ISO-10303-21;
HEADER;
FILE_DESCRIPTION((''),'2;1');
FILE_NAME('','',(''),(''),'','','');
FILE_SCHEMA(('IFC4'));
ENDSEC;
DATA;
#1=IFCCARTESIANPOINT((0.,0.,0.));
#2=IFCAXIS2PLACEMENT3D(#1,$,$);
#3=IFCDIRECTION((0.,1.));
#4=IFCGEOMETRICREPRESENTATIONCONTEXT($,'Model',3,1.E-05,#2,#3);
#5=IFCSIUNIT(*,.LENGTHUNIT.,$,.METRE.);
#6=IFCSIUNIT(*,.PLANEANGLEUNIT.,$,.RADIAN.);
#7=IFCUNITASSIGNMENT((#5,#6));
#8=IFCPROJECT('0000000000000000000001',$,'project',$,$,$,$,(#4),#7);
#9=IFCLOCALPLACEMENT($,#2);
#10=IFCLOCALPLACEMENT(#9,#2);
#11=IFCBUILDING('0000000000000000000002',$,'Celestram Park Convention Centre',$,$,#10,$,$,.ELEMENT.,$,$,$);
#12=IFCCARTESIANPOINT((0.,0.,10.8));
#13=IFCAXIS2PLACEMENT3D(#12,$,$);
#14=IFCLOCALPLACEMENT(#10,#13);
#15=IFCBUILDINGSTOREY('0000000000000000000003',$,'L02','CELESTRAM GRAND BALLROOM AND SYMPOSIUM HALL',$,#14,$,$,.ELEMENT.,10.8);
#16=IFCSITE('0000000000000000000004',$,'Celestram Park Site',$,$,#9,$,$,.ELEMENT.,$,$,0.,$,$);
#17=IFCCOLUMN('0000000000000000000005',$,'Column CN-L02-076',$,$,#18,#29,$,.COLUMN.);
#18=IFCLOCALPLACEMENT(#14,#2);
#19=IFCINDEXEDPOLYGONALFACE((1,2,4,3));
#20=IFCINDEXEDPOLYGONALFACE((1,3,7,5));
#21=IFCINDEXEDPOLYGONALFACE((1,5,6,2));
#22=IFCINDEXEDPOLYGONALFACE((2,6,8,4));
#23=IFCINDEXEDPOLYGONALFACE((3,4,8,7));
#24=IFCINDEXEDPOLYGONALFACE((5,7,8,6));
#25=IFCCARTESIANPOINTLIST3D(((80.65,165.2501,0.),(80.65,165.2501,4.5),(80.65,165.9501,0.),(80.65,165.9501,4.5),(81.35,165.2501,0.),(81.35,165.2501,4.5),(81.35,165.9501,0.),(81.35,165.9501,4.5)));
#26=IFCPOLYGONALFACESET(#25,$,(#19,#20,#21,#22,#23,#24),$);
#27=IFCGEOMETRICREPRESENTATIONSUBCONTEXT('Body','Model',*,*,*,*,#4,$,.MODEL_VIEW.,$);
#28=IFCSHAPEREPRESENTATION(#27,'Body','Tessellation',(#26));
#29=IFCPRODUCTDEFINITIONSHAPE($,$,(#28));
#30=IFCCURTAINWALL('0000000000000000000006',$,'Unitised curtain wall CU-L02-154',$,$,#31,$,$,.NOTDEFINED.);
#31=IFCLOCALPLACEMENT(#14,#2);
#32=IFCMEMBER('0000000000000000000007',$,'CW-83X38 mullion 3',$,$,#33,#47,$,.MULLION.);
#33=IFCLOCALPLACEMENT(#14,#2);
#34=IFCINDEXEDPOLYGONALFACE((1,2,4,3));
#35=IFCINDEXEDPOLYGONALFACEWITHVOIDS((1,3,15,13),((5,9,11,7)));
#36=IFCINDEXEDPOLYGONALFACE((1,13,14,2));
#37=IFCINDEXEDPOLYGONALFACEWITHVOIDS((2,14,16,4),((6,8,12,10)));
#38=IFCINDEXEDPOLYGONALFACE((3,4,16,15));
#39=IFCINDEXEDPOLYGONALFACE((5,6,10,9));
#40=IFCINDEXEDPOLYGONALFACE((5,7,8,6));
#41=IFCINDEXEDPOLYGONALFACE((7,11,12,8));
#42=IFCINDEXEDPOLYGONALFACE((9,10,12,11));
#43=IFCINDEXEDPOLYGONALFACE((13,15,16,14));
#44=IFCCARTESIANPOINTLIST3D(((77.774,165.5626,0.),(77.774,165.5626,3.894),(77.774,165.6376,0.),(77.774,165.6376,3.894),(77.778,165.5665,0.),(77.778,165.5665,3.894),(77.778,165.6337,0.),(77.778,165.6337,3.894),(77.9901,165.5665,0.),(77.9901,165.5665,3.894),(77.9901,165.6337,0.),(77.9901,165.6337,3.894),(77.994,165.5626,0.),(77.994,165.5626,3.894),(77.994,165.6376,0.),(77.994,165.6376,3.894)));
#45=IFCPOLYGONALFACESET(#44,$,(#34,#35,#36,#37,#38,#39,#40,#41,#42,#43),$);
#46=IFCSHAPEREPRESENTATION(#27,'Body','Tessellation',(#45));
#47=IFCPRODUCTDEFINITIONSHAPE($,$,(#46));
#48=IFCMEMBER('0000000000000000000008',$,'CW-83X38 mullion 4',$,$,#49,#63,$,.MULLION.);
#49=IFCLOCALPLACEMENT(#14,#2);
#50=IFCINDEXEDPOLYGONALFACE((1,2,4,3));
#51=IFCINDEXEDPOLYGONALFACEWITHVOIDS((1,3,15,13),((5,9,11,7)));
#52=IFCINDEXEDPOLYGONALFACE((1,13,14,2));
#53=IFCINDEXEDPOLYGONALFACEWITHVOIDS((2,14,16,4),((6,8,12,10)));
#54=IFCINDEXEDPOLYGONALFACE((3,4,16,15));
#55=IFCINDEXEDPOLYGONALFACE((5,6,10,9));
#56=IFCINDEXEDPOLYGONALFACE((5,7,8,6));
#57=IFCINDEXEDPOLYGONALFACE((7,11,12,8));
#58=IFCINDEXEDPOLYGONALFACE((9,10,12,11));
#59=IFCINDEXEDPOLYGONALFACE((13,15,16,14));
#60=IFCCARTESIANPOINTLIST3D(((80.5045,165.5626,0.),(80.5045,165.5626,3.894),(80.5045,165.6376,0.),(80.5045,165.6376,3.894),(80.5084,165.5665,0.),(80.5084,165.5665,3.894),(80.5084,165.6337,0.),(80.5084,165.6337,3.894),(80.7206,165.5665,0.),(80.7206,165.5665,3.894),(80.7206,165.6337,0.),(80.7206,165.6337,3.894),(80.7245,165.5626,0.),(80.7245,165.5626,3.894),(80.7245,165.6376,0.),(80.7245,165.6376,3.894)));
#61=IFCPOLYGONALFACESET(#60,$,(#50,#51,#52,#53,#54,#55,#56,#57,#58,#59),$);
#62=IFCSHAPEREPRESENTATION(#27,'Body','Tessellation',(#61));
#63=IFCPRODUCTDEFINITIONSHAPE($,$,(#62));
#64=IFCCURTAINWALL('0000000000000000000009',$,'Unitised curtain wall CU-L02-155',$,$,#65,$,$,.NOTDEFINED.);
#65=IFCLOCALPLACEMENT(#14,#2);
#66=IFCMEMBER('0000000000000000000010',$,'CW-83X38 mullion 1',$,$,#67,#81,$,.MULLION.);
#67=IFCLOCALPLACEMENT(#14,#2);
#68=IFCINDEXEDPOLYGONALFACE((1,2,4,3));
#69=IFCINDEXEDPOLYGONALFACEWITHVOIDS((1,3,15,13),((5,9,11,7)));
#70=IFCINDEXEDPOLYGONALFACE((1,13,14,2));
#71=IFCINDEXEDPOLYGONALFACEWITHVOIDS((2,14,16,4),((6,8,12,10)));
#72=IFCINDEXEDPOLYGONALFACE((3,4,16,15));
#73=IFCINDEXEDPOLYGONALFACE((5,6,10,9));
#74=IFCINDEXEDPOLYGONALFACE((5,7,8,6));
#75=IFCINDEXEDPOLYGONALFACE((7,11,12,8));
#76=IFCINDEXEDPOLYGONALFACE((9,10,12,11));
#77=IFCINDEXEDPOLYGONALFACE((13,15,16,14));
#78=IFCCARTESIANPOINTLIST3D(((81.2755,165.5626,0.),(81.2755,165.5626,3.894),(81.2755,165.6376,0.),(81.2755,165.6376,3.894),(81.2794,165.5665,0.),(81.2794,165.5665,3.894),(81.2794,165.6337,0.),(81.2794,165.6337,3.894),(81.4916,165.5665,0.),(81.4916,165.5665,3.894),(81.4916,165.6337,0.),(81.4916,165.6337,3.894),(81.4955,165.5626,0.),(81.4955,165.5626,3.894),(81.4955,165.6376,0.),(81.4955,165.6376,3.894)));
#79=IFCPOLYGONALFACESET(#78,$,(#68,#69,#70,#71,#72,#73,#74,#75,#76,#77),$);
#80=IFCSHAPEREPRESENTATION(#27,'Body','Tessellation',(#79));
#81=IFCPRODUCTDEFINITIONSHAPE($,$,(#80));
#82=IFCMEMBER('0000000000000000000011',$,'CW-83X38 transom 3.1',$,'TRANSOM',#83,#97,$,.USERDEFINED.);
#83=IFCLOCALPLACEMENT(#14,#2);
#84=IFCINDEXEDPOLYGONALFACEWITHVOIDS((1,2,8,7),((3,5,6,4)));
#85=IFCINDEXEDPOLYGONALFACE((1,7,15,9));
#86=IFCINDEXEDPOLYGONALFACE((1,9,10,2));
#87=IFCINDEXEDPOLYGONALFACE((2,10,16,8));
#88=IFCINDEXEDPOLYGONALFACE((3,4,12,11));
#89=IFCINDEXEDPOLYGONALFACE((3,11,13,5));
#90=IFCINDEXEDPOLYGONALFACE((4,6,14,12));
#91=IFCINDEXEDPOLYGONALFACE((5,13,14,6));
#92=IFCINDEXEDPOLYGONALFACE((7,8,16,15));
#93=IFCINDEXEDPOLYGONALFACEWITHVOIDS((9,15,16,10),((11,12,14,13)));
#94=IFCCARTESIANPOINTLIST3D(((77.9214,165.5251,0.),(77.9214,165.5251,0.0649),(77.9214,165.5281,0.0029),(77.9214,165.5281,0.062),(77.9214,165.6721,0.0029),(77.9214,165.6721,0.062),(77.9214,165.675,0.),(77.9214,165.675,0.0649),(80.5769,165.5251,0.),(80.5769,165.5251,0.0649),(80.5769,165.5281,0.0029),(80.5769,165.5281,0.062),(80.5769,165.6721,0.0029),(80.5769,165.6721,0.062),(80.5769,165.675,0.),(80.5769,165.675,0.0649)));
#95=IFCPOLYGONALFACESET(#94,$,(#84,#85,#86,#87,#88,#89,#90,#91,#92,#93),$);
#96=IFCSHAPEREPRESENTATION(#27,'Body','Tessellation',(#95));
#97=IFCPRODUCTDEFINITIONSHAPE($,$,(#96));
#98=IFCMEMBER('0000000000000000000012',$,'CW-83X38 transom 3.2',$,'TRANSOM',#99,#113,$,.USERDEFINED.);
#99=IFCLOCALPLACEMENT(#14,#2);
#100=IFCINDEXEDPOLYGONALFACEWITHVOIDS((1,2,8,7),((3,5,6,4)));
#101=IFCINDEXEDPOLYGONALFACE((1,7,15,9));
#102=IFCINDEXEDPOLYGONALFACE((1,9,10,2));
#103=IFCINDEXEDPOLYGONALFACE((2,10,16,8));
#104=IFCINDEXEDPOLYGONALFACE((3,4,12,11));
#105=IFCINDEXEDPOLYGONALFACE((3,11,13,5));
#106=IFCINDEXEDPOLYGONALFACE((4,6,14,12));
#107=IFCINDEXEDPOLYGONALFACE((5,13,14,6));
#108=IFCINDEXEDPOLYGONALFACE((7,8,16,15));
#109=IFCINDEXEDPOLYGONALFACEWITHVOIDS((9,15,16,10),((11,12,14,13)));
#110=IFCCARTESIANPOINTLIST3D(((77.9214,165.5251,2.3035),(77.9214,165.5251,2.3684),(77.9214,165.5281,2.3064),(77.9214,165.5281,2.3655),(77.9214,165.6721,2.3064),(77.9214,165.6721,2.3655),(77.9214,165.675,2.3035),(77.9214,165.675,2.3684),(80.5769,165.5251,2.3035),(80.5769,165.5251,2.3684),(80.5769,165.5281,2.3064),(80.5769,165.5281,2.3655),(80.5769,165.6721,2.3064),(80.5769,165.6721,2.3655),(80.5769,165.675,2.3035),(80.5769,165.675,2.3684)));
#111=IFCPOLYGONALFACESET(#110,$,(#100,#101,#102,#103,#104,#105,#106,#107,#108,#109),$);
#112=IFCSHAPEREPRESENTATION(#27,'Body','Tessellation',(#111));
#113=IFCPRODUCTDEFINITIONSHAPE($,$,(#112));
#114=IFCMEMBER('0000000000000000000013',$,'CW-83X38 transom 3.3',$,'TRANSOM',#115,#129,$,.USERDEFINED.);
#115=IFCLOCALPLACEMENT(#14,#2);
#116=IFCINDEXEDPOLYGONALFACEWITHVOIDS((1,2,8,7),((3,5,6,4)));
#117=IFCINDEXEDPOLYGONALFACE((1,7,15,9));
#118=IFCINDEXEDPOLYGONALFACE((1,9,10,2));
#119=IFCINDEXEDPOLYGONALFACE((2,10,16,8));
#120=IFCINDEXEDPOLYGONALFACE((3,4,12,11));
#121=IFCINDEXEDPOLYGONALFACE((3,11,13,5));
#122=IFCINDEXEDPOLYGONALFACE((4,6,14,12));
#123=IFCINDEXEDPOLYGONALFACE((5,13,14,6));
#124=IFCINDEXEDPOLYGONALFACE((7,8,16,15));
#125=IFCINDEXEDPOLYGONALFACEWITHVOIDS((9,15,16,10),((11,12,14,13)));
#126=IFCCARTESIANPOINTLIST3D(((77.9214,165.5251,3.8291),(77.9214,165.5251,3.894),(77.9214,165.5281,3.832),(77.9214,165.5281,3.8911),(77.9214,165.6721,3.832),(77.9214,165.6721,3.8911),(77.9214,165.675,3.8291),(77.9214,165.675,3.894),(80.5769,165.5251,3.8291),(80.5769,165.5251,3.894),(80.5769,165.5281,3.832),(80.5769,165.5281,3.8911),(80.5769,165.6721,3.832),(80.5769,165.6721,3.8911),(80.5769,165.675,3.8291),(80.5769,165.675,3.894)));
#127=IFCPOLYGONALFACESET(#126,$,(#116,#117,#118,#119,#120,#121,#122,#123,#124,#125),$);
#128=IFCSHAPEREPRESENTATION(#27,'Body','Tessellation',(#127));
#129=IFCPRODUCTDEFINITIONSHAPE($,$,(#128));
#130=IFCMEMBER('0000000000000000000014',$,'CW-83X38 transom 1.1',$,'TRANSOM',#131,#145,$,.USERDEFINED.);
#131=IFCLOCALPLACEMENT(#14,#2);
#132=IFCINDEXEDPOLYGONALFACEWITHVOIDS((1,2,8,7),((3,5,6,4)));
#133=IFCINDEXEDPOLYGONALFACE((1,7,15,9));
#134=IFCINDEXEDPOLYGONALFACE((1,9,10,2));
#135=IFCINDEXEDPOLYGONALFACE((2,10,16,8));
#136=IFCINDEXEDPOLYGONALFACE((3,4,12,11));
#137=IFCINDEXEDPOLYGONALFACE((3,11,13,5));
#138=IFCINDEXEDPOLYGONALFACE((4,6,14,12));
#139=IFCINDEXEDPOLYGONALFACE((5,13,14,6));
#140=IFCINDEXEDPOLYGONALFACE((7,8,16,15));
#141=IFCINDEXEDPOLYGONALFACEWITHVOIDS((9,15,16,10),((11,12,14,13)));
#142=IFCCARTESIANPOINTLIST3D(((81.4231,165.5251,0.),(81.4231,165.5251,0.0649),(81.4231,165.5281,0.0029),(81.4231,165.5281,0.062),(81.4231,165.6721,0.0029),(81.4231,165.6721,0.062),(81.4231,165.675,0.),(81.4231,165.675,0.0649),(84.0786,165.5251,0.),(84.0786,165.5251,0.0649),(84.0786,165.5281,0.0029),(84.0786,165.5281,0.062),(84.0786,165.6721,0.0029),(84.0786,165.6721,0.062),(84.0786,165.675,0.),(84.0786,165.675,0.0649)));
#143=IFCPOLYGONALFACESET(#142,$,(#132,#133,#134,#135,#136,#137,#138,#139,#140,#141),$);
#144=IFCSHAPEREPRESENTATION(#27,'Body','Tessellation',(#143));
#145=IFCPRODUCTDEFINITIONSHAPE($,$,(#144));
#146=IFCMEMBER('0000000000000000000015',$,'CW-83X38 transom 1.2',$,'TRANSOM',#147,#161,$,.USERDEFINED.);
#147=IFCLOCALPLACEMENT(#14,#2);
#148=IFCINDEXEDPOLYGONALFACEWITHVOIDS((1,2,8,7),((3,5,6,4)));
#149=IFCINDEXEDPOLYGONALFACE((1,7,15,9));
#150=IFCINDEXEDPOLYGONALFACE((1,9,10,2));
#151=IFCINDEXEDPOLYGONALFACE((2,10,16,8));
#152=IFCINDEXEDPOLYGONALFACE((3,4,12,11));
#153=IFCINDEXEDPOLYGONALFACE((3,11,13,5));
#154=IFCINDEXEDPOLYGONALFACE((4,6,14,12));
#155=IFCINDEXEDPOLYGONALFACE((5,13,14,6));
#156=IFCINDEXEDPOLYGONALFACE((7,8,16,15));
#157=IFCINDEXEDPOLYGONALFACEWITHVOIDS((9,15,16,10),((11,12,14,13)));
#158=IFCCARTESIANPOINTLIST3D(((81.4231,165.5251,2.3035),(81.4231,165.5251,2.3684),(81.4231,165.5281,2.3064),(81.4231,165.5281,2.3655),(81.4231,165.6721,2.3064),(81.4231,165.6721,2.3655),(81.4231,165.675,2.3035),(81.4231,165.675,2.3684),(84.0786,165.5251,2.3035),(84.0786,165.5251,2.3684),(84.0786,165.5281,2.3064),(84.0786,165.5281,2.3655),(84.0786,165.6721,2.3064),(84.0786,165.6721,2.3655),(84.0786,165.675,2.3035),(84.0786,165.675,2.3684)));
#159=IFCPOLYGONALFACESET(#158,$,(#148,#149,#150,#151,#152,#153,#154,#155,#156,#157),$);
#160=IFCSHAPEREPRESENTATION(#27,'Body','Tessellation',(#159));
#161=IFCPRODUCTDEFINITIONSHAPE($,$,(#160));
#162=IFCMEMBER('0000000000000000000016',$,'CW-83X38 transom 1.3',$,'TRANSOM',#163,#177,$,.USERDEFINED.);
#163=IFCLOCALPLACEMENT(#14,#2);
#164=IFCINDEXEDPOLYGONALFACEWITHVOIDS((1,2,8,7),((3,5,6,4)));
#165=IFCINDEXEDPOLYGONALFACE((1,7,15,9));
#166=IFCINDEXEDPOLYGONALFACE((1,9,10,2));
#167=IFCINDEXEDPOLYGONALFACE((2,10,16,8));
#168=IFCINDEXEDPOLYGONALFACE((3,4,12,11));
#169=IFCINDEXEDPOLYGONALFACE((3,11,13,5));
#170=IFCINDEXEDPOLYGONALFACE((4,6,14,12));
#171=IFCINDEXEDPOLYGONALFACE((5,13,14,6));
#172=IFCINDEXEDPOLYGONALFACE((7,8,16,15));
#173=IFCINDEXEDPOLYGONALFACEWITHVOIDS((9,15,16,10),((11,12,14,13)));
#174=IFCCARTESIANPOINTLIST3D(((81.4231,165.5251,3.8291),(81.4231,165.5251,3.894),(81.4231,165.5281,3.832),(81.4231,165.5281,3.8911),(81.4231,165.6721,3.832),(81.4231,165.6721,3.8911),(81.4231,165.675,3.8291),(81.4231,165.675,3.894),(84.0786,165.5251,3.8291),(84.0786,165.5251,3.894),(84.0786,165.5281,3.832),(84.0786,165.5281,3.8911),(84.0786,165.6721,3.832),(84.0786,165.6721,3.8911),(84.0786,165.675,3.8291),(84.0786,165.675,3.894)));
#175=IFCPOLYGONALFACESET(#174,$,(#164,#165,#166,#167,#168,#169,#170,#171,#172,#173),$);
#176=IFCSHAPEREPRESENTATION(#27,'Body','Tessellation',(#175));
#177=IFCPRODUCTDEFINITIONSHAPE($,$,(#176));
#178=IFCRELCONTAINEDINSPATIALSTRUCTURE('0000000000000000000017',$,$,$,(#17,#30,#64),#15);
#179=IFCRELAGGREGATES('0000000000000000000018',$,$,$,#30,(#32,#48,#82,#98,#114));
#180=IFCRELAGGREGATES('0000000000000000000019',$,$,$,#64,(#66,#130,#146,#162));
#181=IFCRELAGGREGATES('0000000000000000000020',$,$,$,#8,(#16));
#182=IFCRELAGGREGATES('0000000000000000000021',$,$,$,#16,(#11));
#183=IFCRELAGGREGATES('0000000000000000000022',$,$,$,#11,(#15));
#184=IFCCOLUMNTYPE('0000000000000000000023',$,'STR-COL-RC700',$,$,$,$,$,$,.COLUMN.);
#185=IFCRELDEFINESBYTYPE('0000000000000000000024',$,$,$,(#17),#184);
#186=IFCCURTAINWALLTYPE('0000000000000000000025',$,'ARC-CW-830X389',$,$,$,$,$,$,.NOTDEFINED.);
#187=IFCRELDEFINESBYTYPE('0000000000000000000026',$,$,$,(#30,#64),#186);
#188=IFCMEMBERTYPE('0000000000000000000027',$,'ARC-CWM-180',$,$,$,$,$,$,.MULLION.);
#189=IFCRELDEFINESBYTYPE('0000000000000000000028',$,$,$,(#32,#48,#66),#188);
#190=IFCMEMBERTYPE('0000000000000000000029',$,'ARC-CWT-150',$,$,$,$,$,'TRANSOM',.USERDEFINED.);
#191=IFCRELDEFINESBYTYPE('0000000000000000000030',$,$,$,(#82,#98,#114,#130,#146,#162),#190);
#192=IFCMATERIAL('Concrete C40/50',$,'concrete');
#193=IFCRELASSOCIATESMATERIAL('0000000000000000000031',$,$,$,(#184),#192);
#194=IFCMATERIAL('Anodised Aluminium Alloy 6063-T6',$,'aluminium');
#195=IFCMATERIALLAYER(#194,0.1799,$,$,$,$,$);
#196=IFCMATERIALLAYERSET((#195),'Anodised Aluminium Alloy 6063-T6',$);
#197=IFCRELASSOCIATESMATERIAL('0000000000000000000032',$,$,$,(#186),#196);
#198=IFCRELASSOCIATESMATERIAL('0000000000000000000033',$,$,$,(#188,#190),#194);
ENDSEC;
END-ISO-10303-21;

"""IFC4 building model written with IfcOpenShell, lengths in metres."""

from ifc_helpers import new_model, si_unit, direction, frame, origin, origin_2d, place, context, subcontext, project, spatial, rectangle, hollow_rectangle, extrude, material, layer, layer_set, material_profile, profile_set, type_object, element, aggregate, save


model = new_model("IFC4")

# Units and contexts
model_context = context("Model", 3, precision=1e-05, world=origin(), true_north=direction((0.0, 1.0)))
body_context = subcontext(model_context, "Body", "Model", "MODEL_VIEW")
ifc_project = project(units=[si_unit("LENGTHUNIT", "METRE"), si_unit("PLANEANGLEUNIT", "RADIAN")], contexts=[model_context])

# Site, building, storey
site_placement = place(None, origin())
site = spatial("IfcSite", under=ifc_project, at=site_placement, Name="Celestram Park Site", CompositionType="ELEMENT", RefElevation=0.0)
building_placement = place(site_placement, origin())
building = spatial("IfcBuilding", under=site, at=building_placement, Name="Celestram Park Convention Centre", CompositionType="ELEMENT")
storey_placement = place(building_placement, frame((0.0, 0.0, 10.8)))
storey = spatial("IfcBuildingStorey", under=building, at=storey_placement, Name="L02", Description="CELESTRAM GRAND BALLROOM AND SYMPOSIUM HALL", CompositionType="ELEMENT", Elevation=10.8)

# Column
ifc_material_1 = material(Name="Concrete C40/50", Category="concrete")
ifc_material_profile_1 = material_profile(ifc_material_1, rectangle(XDim=0.7, YDim=0.7, at=origin_2d()), Name="RC700X700")
ifc_profile_set_1 = profile_set([ifc_material_profile_1], Name="Concrete C40/50")
column_type = type_object("IfcColumnType", Name="STR-COL-RC700", PredefinedType="COLUMN", material=ifc_profile_set_1)
column_placement = place(storey_placement, frame((81.0, 165.6001, 0.0), z_axis=(0.0, 0.0, 1.0), x_axis=(1.0, 0.0, 0.0)))
element("IfcColumn", 1, at=column_placement, inside=storey, type_object=column_type, Name="Column CN-L02-076", PredefinedType="COLUMN", context=body_context, shape_type="SweptSolid", body=[
    extrude(rectangle(XDim=0.7, YDim=0.7, at=origin_2d()), origin(), (0.0, 0.0, 1.0), 4.5),
])

# Curtain wall, members
ifc_material_2 = material(Name="Anodised Aluminium Alloy 6063-T6", Category="aluminium")
ifc_layer_1 = layer(ifc_material_2, 0.1799)
ifc_layer_set_1 = layer_set([ifc_layer_1], Name="Anodised Aluminium Alloy 6063-T6")
curtain_wall_type = type_object("IfcCurtainWallType", Name="ARC-CW-830X389", PredefinedType="NOTDEFINED", material=ifc_layer_set_1)
curtain_wall_1_placement = place(storey_placement, origin())
curtain_wall_1 = element("IfcCurtainWall", 2, at=curtain_wall_1_placement, inside=storey, type_object=curtain_wall_type, Name="Unitised curtain wall CU-L02-154", PredefinedType="NOTDEFINED")
ifc_material_profile_2 = material_profile(ifc_material_2, hollow_rectangle(XDim=0.075, YDim=0.22, WallThickness=0.0039, at=origin_2d()), Name="ALU75X220X4")
ifc_profile_set_2 = profile_set([ifc_material_profile_2], Name="Anodised Aluminium Alloy 6063-T6")
member_type_1 = type_object("IfcMemberType", Name="ARC-CWM-180", PredefinedType="MULLION", material=ifc_profile_set_2)
member_1_placement = place(storey_placement, frame((77.884, 165.6001, 0.0), z_axis=(0.0, 0.0, 1.0), x_axis=(0.0, 1.0, 0.0)))
member_1 = element("IfcMember", 3, at=member_1_placement, type_object=member_type_1, Name="CW-83X38 mullion 3", PredefinedType="MULLION", context=body_context, shape_type="SweptSolid", body=[
    extrude(hollow_rectangle(XDim=0.075, YDim=0.22, WallThickness=0.0039, at=origin_2d()), origin(), (0.0, 0.0, 1.0), 3.894),
])
member_2_placement = place(storey_placement, frame((80.6145, 165.6001, 0.0), z_axis=(0.0, 0.0, 1.0), x_axis=(0.0, 1.0, 0.0)))
member_2 = element("IfcMember", 4, at=member_2_placement, type_object=member_type_1, Name="CW-83X38 mullion 4", PredefinedType="MULLION", context=body_context, shape_type="SweptSolid", body=[
    extrude(hollow_rectangle(XDim=0.075, YDim=0.22, WallThickness=0.0039, at=origin_2d()), origin(), (0.0, 0.0, 1.0), 3.894),
])

# Curtain wall, member
curtain_wall_2_placement = place(storey_placement, origin())
curtain_wall_2 = element("IfcCurtainWall", 5, at=curtain_wall_2_placement, inside=storey, type_object=curtain_wall_type, Name="Unitised curtain wall CU-L02-155", PredefinedType="NOTDEFINED")
member_3_placement = place(storey_placement, frame((81.3855, 165.6001, 0.0), z_axis=(0.0, 0.0, 1.0), x_axis=(0.0, 1.0, 0.0)))
member_3 = element("IfcMember", 6, at=member_3_placement, type_object=member_type_1, Name="CW-83X38 mullion 1", PredefinedType="MULLION", context=body_context, shape_type="SweptSolid", body=[
    extrude(hollow_rectangle(XDim=0.075, YDim=0.22, WallThickness=0.0039, at=origin_2d()), origin(), (0.0, 0.0, 1.0), 3.894),
])

# Members
ifc_material_profile_3 = material_profile(ifc_material_2, hollow_rectangle(XDim=0.1499, YDim=0.0649, WallThickness=0.0029, at=origin_2d()), Name="ALU150X65X3")
ifc_profile_set_3 = profile_set([ifc_material_profile_3], Name="Anodised Aluminium Alloy 6063-T6")
member_type_2 = type_object("IfcMemberType", Name="ARC-CWT-150", ElementType="TRANSOM", PredefinedType="USERDEFINED", material=ifc_profile_set_3)
member_4_placement = place(storey_placement, frame((77.9214, 165.6001, 0.0325), z_axis=(1.0, 0.0, 0.0), x_axis=(0.0, 1.0, 0.0)))
member_4 = element("IfcMember", 7, at=member_4_placement, type_object=member_type_2, Name="CW-83X38 transom 3.1", ObjectType="TRANSOM", PredefinedType="USERDEFINED", context=body_context, shape_type="SweptSolid", body=[
    extrude(hollow_rectangle(XDim=0.1499, YDim=0.0649, WallThickness=0.0029, at=origin_2d()), origin(), (0.0, 0.0, 1.0), 2.6555),
])
member_5_placement = place(storey_placement, frame((77.9214, 165.6001, 2.3359), z_axis=(1.0, 0.0, 0.0), x_axis=(0.0, 1.0, 0.0)))
member_5 = element("IfcMember", 8, at=member_5_placement, type_object=member_type_2, Name="CW-83X38 transom 3.2", ObjectType="TRANSOM", PredefinedType="USERDEFINED", context=body_context, shape_type="SweptSolid", body=[
    extrude(hollow_rectangle(XDim=0.1499, YDim=0.0649, WallThickness=0.0029, at=origin_2d()), origin(), (0.0, 0.0, 1.0), 2.6555),
])
member_6_placement = place(storey_placement, frame((77.9214, 165.6001, 3.8616), z_axis=(1.0, 0.0, 0.0), x_axis=(0.0, 1.0, 0.0)))
member_6 = element("IfcMember", 9, at=member_6_placement, type_object=member_type_2, Name="CW-83X38 transom 3.3", ObjectType="TRANSOM", PredefinedType="USERDEFINED", context=body_context, shape_type="SweptSolid", body=[
    extrude(hollow_rectangle(XDim=0.1499, YDim=0.0649, WallThickness=0.0029, at=origin_2d()), origin(), (0.0, 0.0, 1.0), 2.6555),
])
member_7_placement = place(storey_placement, frame((81.4231, 165.6001, 0.0325), z_axis=(1.0, 0.0, 0.0), x_axis=(0.0, 1.0, 0.0)))
member_7 = element("IfcMember", 10, at=member_7_placement, type_object=member_type_2, Name="CW-83X38 transom 1.1", ObjectType="TRANSOM", PredefinedType="USERDEFINED", context=body_context, shape_type="SweptSolid", body=[
    extrude(hollow_rectangle(XDim=0.1499, YDim=0.0649, WallThickness=0.0029, at=origin_2d()), origin(), (0.0, 0.0, 1.0), 2.6555),
])
member_8_placement = place(storey_placement, frame((81.4231, 165.6001, 2.3359), z_axis=(1.0, 0.0, 0.0), x_axis=(0.0, 1.0, 0.0)))
member_8 = element("IfcMember", 11, at=member_8_placement, type_object=member_type_2, Name="CW-83X38 transom 1.2", ObjectType="TRANSOM", PredefinedType="USERDEFINED", context=body_context, shape_type="SweptSolid", body=[
    extrude(hollow_rectangle(XDim=0.1499, YDim=0.0649, WallThickness=0.0029, at=origin_2d()), origin(), (0.0, 0.0, 1.0), 2.6555),
])
member_9_placement = place(storey_placement, frame((81.4231, 165.6001, 3.8616), z_axis=(1.0, 0.0, 0.0), x_axis=(0.0, 1.0, 0.0)))
member_9 = element("IfcMember", 12, at=member_9_placement, type_object=member_type_2, Name="CW-83X38 transom 1.3", ObjectType="TRANSOM", PredefinedType="USERDEFINED", context=body_context, shape_type="SweptSolid", body=[
    extrude(hollow_rectangle(XDim=0.1499, YDim=0.0649, WallThickness=0.0029, at=origin_2d()), origin(), (0.0, 0.0, 1.0), 2.6555),
])

aggregate(curtain_wall_1, [member_1, member_2, member_4, member_5, member_6])
aggregate(curtain_wall_2, [member_3, member_7, member_8, member_9])

save(model, "model.ifc")
